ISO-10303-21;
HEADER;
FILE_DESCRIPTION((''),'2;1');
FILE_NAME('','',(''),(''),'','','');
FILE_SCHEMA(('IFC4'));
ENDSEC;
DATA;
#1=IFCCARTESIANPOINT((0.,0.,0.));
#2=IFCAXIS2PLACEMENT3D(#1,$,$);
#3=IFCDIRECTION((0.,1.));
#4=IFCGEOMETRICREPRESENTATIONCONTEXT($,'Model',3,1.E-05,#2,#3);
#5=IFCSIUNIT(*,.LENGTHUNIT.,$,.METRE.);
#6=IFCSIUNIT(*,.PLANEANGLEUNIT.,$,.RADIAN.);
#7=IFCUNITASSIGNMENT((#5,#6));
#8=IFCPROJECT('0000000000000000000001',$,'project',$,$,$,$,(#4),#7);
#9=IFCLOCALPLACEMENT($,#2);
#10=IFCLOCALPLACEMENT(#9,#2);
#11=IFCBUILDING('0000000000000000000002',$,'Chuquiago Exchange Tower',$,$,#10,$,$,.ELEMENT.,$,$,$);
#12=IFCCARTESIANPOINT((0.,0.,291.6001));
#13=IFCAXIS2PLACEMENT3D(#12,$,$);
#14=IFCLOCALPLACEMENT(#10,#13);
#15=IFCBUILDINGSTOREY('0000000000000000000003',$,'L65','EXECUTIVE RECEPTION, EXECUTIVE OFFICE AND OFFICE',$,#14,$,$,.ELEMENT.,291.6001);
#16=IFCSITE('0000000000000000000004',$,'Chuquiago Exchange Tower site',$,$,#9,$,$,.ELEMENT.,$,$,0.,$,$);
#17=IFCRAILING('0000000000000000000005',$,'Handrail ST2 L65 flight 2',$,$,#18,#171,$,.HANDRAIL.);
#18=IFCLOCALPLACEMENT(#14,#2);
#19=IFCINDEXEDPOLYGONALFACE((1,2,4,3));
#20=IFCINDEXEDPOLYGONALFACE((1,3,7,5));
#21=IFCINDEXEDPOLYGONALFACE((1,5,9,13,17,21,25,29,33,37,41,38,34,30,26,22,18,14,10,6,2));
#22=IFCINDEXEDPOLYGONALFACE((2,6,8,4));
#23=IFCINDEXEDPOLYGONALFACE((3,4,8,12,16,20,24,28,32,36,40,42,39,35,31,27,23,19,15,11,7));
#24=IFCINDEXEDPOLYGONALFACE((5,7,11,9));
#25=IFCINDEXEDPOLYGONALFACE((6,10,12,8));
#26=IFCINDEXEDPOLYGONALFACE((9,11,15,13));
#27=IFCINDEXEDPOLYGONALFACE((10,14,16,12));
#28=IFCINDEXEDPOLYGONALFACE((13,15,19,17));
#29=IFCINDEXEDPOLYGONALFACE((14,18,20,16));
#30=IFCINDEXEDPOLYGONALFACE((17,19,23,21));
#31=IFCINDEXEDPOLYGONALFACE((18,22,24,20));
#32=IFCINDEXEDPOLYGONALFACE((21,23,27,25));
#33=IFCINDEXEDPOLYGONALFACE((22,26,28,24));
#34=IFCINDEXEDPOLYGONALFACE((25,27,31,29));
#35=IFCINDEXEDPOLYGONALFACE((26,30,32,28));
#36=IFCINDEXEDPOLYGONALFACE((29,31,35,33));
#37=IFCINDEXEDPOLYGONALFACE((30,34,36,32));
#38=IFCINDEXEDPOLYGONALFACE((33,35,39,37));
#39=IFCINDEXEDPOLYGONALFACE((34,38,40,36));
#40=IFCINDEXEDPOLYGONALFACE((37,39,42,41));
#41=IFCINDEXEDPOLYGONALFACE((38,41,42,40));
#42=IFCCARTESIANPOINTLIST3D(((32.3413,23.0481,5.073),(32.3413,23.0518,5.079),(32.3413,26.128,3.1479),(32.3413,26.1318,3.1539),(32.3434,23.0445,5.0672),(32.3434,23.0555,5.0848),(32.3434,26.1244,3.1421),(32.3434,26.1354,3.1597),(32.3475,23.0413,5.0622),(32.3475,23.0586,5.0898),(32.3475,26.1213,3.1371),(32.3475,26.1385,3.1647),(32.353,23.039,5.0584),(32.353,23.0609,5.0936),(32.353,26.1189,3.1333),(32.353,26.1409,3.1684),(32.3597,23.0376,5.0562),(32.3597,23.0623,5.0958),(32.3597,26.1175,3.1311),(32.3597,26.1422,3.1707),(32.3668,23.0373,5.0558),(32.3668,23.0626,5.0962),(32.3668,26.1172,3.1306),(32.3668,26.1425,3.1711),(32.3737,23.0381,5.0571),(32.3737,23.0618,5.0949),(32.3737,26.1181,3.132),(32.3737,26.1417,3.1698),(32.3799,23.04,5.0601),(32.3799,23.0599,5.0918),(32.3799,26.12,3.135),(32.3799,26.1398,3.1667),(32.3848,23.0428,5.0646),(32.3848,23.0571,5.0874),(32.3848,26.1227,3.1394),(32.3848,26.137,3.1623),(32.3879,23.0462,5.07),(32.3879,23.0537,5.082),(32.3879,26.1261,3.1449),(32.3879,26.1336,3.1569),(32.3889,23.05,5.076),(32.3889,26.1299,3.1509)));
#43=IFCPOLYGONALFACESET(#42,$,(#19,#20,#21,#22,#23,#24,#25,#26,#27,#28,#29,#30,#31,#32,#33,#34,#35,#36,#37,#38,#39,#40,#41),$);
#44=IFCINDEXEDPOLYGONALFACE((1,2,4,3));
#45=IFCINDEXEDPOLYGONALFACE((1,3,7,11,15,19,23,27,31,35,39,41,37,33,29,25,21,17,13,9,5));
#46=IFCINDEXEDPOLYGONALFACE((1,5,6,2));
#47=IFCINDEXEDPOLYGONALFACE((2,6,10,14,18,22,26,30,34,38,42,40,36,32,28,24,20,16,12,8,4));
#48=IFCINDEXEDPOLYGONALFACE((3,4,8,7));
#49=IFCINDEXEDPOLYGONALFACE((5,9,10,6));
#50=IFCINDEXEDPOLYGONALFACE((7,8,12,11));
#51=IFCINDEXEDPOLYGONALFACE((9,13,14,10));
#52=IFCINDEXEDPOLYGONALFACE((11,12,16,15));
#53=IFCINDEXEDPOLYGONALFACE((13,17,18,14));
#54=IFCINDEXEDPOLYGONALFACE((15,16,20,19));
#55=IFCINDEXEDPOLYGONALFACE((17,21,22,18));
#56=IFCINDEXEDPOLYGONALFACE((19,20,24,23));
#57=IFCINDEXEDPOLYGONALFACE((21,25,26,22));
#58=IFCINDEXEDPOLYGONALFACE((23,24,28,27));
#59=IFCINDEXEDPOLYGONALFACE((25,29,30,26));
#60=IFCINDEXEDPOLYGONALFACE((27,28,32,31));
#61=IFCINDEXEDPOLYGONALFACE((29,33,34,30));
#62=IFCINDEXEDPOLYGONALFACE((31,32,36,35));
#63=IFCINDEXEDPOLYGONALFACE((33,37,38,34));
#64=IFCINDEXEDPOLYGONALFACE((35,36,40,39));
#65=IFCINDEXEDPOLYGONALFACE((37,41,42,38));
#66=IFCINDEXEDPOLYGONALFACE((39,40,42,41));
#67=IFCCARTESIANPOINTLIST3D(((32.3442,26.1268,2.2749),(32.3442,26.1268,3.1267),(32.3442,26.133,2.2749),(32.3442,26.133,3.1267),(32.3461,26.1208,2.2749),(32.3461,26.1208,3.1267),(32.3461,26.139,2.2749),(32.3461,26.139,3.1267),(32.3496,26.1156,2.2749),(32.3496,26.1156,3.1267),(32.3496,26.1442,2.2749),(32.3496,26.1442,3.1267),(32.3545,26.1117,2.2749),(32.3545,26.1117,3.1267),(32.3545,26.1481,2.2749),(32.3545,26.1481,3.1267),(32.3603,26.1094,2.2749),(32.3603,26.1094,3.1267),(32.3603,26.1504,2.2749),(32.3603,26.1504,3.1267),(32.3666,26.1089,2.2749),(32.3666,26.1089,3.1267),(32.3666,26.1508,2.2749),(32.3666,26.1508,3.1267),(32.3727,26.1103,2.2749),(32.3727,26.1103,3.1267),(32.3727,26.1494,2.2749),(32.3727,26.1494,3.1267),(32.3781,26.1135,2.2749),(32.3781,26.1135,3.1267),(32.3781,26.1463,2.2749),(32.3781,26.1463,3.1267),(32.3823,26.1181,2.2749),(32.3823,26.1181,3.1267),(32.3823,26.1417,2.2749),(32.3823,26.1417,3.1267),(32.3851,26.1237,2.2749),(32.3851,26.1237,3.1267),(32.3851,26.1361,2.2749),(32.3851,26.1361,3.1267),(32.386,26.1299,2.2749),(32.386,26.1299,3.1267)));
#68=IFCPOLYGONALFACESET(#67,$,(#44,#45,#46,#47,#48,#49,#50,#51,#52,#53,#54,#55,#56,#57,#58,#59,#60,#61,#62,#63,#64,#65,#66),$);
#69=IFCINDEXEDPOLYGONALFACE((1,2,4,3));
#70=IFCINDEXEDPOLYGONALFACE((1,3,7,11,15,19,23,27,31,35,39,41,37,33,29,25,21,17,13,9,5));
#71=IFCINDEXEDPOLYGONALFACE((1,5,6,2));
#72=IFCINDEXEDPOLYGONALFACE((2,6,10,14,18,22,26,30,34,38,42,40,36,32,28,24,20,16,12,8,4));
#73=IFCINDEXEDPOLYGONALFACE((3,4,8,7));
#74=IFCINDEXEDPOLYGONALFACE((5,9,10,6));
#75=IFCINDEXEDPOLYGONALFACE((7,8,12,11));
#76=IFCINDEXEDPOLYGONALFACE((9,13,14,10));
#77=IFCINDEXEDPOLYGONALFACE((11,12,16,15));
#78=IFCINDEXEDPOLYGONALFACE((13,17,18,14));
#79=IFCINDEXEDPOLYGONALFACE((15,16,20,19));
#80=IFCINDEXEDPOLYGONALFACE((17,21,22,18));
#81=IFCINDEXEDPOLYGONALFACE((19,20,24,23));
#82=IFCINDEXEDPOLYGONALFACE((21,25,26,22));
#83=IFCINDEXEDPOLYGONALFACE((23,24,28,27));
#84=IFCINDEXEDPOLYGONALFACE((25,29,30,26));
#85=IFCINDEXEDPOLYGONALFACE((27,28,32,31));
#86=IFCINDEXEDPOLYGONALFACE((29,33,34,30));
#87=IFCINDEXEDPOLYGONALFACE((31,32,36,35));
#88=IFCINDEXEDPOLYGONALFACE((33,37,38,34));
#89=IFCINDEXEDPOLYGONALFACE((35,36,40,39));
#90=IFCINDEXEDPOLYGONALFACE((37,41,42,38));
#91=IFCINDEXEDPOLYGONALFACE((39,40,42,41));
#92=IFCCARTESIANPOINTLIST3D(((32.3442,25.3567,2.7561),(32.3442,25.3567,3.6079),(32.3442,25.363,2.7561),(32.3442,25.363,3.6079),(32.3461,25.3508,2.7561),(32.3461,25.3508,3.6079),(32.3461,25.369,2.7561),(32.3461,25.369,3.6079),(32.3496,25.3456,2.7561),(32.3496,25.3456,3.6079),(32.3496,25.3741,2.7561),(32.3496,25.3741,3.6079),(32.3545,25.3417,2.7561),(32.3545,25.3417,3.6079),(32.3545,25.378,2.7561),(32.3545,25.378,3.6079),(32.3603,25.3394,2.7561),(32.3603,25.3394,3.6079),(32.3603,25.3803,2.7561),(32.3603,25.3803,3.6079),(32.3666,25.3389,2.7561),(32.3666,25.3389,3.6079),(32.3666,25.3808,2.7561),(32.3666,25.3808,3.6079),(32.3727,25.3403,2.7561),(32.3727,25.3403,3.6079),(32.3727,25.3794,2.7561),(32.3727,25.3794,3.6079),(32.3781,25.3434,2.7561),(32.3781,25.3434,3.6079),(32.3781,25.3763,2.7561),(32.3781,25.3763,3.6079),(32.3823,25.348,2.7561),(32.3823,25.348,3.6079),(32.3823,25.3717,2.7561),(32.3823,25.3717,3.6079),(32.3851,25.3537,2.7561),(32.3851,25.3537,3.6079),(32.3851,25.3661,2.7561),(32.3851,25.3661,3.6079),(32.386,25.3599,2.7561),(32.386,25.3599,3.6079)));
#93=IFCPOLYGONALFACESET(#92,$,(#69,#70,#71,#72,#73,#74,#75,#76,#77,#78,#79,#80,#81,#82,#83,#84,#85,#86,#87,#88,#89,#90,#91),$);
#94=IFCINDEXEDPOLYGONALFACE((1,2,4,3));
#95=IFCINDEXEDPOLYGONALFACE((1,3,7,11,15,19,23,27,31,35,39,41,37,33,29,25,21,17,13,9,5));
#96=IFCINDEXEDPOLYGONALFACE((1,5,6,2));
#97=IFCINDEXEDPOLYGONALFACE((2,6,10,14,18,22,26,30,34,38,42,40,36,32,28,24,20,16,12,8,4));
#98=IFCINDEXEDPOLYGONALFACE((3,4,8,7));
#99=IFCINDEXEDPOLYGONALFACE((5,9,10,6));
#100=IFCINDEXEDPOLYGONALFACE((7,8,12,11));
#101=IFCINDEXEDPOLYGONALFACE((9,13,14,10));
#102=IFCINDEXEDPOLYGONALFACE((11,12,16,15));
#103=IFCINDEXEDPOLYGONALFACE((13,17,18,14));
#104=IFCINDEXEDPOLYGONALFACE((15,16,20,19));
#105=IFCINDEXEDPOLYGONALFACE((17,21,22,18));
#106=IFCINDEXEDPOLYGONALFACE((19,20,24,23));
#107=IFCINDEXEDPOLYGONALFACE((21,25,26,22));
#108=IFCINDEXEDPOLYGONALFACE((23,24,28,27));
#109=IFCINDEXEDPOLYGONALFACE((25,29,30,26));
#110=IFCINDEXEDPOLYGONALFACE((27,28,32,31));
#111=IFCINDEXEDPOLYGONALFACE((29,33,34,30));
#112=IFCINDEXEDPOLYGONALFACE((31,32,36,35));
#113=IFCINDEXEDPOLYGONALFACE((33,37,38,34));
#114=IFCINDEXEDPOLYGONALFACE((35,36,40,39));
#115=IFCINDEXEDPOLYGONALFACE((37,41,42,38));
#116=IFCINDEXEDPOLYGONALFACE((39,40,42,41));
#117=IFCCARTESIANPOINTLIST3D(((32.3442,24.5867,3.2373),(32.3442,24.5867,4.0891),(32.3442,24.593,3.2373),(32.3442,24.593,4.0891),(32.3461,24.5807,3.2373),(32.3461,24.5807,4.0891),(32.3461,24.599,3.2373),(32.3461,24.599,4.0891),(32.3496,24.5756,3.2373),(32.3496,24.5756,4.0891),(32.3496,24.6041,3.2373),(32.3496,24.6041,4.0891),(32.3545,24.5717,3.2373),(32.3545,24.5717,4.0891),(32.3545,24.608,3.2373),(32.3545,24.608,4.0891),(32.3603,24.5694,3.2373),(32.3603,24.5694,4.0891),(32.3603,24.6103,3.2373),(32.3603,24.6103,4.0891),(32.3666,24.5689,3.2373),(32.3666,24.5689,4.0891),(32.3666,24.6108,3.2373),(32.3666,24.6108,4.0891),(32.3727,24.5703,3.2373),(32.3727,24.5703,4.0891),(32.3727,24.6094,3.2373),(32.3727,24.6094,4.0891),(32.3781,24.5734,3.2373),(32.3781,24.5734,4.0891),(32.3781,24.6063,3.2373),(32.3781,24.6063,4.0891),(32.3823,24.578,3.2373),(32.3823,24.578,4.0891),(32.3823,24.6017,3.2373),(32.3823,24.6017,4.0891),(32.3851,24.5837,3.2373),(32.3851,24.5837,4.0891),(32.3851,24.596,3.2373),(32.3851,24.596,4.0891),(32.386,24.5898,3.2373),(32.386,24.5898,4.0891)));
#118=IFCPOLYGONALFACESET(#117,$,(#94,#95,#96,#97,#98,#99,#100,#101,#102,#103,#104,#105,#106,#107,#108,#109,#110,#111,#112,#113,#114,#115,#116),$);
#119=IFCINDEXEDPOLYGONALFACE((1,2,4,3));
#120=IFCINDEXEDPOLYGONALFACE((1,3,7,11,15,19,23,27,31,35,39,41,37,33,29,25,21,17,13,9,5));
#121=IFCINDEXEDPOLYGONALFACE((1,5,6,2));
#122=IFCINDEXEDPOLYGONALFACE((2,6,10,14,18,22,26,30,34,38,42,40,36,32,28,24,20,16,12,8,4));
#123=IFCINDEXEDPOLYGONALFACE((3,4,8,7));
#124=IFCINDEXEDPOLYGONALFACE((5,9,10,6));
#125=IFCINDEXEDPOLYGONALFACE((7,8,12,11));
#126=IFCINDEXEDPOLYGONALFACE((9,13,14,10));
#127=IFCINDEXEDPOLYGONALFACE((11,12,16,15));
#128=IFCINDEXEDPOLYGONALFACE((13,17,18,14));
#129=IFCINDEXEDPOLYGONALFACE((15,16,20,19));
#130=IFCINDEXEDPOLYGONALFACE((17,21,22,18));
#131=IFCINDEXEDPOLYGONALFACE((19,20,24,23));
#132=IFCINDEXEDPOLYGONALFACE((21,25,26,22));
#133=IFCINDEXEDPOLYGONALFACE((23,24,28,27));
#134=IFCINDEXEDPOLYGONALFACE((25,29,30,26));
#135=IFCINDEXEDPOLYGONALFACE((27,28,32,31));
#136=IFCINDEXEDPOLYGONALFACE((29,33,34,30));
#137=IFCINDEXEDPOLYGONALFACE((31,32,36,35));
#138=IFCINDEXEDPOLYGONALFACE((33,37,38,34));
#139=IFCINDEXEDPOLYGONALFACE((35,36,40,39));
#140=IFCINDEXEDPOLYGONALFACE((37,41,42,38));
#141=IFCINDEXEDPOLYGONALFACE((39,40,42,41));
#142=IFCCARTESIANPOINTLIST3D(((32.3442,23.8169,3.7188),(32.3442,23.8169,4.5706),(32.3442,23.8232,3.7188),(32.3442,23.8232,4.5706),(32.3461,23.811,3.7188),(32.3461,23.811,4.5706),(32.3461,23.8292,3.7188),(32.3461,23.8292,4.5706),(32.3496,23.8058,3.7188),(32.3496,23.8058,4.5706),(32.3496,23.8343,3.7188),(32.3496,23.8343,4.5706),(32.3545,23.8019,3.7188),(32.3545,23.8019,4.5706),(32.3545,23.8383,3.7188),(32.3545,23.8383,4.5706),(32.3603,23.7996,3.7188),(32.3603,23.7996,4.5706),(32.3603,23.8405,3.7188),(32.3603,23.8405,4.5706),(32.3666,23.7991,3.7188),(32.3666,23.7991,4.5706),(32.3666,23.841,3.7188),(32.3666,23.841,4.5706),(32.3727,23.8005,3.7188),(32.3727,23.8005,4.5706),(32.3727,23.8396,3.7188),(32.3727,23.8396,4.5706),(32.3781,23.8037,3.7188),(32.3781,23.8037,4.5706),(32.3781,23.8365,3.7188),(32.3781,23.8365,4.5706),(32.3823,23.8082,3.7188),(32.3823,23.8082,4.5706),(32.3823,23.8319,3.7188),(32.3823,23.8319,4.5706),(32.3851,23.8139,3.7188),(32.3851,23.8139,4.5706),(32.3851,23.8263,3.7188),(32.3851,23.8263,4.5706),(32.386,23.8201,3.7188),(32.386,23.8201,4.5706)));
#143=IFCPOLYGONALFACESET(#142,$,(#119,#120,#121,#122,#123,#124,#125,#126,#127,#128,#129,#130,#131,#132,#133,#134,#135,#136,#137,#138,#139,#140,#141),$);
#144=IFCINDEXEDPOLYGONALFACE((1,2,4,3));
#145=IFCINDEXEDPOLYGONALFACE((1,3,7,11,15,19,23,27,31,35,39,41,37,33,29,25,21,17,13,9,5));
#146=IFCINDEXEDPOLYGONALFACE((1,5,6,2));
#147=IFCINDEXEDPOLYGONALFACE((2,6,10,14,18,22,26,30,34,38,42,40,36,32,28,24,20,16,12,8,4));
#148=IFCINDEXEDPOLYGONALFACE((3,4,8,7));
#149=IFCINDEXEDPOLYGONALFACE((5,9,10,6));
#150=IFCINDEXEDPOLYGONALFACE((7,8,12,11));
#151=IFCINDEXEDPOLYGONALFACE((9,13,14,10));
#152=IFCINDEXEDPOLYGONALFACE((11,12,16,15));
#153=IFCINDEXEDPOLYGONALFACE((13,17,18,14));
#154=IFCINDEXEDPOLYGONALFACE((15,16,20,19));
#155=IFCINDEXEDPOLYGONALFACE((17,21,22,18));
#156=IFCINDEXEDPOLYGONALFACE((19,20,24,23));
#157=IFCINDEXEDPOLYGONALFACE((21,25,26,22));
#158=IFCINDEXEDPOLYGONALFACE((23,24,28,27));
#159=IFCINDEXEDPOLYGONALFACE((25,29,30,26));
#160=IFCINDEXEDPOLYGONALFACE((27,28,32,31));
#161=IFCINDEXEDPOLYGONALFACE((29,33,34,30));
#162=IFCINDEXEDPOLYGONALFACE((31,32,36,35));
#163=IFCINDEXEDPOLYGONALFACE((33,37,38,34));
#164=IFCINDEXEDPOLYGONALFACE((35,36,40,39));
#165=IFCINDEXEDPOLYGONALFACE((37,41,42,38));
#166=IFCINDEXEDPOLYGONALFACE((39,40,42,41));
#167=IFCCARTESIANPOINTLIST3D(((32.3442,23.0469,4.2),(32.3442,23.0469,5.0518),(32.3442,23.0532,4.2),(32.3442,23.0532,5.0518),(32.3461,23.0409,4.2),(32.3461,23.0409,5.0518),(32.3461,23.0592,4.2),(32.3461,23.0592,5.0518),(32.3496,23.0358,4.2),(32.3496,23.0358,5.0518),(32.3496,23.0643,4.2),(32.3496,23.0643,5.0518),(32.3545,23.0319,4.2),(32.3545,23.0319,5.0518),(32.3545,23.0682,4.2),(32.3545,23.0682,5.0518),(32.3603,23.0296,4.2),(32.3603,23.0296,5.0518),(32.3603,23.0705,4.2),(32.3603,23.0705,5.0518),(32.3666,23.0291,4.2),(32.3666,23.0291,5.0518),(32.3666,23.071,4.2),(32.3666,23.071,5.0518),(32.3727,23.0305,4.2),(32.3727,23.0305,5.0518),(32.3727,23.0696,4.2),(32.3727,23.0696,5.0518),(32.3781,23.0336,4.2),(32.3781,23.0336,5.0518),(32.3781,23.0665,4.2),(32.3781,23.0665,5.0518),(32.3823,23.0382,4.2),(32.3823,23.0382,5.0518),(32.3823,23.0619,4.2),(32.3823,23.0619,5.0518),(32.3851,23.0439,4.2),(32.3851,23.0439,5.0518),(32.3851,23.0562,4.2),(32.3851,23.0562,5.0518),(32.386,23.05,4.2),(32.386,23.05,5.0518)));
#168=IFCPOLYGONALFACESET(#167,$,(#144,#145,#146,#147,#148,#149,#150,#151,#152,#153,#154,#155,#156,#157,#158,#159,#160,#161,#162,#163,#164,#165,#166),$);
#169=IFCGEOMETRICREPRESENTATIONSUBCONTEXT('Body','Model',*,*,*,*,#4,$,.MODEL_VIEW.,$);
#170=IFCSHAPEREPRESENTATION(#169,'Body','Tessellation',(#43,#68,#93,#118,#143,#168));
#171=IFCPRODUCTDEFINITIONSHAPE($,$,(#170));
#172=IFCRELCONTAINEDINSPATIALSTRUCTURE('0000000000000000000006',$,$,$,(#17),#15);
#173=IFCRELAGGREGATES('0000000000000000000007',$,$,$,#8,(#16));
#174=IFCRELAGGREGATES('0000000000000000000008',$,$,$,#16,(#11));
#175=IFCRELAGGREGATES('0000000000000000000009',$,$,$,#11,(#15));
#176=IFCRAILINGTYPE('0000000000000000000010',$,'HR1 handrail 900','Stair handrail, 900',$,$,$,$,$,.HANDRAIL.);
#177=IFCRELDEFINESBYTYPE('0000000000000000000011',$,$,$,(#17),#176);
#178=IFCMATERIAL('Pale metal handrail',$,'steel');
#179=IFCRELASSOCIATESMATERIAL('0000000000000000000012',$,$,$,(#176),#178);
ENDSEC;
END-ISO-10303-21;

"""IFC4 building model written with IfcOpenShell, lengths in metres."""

from ifc_helpers import new_model, si_unit, direction, frame, origin, origin_2d, place, context, subcontext, project, spatial, circle, extrude, material, type_object, element, save


model = new_model("IFC4")

# Units and contexts
model_context = context("Model", 3, precision=1e-05, world=origin(), true_north=direction((0.0, 1.0)))
body_context = subcontext(model_context, "Body", "Model", "MODEL_VIEW")
ifc_project = project(units=[si_unit("LENGTHUNIT", "METRE"), si_unit("PLANEANGLEUNIT", "RADIAN")], contexts=[model_context])

# Site, building, storey
site_placement = place(None, origin())
site = spatial("IfcSite", under=ifc_project, at=site_placement, Name="Chuquiago Exchange Tower site", CompositionType="ELEMENT", RefElevation=0.0)
building_placement = place(site_placement, origin())
building = spatial("IfcBuilding", under=site, at=building_placement, Name="Chuquiago Exchange Tower", CompositionType="ELEMENT")
storey_placement = place(building_placement, frame((0.0, 0.0, 291.6001)))
storey = spatial("IfcBuildingStorey", under=building, at=storey_placement, Name="L65", Description="EXECUTIVE RECEPTION, EXECUTIVE OFFICE AND OFFICE", CompositionType="ELEMENT", Elevation=291.6001)

# Railing
ifc_material_1 = material(Name="Pale metal handrail", Category="steel")
railing_type_1 = type_object("IfcRailingType", Name="HR1 handrail 900", Description="Stair handrail, 900", PredefinedType="HANDRAIL", material=ifc_material_1)
for number, where, name in (
    (1, (32.365, 26.1299, 2.2749), "Handrail ST2 L65 flight 2"),
):
    element("IfcRailing", number, at=place(storey_placement, frame(where)), inside=storey, type_object=railing_type_1, Name=name, PredefinedType="HANDRAIL", context=body_context, shape_type="SweptSolid", body=[
        extrude(circle(Radius=0.0239, at=origin_2d()), frame((0.0, 0.0, 0.876), z_axis=(0.0, -0.847979, 0.530029), x_axis=(1.0, 0.0, 0.0)), (0.0, 0.0, 1.0), 3.6321),
        extrude(circle(Radius=0.021, at=origin_2d()), origin(), (0.0, 0.0, 1.0), 0.8518),
        extrude(circle(Radius=0.021, at=origin_2d()), frame((0.0, -0.77, 0.4812)), (0.0, 0.0, 1.0), 0.8518),
        extrude(circle(Radius=0.021, at=origin_2d()), frame((0.0, -1.54, 0.9624)), (0.0, 0.0, 1.0), 0.8518),
        extrude(circle(Radius=0.021, at=origin_2d()), frame((0.0, -2.3098, 1.4438)), (0.0, 0.0, 1.0), 0.8518),
        extrude(circle(Radius=0.021, at=origin_2d()), frame((0.0, -3.0798, 1.925)), (0.0, 0.0, 1.0), 0.8518),
    ])

save(model, "model.ifc")
